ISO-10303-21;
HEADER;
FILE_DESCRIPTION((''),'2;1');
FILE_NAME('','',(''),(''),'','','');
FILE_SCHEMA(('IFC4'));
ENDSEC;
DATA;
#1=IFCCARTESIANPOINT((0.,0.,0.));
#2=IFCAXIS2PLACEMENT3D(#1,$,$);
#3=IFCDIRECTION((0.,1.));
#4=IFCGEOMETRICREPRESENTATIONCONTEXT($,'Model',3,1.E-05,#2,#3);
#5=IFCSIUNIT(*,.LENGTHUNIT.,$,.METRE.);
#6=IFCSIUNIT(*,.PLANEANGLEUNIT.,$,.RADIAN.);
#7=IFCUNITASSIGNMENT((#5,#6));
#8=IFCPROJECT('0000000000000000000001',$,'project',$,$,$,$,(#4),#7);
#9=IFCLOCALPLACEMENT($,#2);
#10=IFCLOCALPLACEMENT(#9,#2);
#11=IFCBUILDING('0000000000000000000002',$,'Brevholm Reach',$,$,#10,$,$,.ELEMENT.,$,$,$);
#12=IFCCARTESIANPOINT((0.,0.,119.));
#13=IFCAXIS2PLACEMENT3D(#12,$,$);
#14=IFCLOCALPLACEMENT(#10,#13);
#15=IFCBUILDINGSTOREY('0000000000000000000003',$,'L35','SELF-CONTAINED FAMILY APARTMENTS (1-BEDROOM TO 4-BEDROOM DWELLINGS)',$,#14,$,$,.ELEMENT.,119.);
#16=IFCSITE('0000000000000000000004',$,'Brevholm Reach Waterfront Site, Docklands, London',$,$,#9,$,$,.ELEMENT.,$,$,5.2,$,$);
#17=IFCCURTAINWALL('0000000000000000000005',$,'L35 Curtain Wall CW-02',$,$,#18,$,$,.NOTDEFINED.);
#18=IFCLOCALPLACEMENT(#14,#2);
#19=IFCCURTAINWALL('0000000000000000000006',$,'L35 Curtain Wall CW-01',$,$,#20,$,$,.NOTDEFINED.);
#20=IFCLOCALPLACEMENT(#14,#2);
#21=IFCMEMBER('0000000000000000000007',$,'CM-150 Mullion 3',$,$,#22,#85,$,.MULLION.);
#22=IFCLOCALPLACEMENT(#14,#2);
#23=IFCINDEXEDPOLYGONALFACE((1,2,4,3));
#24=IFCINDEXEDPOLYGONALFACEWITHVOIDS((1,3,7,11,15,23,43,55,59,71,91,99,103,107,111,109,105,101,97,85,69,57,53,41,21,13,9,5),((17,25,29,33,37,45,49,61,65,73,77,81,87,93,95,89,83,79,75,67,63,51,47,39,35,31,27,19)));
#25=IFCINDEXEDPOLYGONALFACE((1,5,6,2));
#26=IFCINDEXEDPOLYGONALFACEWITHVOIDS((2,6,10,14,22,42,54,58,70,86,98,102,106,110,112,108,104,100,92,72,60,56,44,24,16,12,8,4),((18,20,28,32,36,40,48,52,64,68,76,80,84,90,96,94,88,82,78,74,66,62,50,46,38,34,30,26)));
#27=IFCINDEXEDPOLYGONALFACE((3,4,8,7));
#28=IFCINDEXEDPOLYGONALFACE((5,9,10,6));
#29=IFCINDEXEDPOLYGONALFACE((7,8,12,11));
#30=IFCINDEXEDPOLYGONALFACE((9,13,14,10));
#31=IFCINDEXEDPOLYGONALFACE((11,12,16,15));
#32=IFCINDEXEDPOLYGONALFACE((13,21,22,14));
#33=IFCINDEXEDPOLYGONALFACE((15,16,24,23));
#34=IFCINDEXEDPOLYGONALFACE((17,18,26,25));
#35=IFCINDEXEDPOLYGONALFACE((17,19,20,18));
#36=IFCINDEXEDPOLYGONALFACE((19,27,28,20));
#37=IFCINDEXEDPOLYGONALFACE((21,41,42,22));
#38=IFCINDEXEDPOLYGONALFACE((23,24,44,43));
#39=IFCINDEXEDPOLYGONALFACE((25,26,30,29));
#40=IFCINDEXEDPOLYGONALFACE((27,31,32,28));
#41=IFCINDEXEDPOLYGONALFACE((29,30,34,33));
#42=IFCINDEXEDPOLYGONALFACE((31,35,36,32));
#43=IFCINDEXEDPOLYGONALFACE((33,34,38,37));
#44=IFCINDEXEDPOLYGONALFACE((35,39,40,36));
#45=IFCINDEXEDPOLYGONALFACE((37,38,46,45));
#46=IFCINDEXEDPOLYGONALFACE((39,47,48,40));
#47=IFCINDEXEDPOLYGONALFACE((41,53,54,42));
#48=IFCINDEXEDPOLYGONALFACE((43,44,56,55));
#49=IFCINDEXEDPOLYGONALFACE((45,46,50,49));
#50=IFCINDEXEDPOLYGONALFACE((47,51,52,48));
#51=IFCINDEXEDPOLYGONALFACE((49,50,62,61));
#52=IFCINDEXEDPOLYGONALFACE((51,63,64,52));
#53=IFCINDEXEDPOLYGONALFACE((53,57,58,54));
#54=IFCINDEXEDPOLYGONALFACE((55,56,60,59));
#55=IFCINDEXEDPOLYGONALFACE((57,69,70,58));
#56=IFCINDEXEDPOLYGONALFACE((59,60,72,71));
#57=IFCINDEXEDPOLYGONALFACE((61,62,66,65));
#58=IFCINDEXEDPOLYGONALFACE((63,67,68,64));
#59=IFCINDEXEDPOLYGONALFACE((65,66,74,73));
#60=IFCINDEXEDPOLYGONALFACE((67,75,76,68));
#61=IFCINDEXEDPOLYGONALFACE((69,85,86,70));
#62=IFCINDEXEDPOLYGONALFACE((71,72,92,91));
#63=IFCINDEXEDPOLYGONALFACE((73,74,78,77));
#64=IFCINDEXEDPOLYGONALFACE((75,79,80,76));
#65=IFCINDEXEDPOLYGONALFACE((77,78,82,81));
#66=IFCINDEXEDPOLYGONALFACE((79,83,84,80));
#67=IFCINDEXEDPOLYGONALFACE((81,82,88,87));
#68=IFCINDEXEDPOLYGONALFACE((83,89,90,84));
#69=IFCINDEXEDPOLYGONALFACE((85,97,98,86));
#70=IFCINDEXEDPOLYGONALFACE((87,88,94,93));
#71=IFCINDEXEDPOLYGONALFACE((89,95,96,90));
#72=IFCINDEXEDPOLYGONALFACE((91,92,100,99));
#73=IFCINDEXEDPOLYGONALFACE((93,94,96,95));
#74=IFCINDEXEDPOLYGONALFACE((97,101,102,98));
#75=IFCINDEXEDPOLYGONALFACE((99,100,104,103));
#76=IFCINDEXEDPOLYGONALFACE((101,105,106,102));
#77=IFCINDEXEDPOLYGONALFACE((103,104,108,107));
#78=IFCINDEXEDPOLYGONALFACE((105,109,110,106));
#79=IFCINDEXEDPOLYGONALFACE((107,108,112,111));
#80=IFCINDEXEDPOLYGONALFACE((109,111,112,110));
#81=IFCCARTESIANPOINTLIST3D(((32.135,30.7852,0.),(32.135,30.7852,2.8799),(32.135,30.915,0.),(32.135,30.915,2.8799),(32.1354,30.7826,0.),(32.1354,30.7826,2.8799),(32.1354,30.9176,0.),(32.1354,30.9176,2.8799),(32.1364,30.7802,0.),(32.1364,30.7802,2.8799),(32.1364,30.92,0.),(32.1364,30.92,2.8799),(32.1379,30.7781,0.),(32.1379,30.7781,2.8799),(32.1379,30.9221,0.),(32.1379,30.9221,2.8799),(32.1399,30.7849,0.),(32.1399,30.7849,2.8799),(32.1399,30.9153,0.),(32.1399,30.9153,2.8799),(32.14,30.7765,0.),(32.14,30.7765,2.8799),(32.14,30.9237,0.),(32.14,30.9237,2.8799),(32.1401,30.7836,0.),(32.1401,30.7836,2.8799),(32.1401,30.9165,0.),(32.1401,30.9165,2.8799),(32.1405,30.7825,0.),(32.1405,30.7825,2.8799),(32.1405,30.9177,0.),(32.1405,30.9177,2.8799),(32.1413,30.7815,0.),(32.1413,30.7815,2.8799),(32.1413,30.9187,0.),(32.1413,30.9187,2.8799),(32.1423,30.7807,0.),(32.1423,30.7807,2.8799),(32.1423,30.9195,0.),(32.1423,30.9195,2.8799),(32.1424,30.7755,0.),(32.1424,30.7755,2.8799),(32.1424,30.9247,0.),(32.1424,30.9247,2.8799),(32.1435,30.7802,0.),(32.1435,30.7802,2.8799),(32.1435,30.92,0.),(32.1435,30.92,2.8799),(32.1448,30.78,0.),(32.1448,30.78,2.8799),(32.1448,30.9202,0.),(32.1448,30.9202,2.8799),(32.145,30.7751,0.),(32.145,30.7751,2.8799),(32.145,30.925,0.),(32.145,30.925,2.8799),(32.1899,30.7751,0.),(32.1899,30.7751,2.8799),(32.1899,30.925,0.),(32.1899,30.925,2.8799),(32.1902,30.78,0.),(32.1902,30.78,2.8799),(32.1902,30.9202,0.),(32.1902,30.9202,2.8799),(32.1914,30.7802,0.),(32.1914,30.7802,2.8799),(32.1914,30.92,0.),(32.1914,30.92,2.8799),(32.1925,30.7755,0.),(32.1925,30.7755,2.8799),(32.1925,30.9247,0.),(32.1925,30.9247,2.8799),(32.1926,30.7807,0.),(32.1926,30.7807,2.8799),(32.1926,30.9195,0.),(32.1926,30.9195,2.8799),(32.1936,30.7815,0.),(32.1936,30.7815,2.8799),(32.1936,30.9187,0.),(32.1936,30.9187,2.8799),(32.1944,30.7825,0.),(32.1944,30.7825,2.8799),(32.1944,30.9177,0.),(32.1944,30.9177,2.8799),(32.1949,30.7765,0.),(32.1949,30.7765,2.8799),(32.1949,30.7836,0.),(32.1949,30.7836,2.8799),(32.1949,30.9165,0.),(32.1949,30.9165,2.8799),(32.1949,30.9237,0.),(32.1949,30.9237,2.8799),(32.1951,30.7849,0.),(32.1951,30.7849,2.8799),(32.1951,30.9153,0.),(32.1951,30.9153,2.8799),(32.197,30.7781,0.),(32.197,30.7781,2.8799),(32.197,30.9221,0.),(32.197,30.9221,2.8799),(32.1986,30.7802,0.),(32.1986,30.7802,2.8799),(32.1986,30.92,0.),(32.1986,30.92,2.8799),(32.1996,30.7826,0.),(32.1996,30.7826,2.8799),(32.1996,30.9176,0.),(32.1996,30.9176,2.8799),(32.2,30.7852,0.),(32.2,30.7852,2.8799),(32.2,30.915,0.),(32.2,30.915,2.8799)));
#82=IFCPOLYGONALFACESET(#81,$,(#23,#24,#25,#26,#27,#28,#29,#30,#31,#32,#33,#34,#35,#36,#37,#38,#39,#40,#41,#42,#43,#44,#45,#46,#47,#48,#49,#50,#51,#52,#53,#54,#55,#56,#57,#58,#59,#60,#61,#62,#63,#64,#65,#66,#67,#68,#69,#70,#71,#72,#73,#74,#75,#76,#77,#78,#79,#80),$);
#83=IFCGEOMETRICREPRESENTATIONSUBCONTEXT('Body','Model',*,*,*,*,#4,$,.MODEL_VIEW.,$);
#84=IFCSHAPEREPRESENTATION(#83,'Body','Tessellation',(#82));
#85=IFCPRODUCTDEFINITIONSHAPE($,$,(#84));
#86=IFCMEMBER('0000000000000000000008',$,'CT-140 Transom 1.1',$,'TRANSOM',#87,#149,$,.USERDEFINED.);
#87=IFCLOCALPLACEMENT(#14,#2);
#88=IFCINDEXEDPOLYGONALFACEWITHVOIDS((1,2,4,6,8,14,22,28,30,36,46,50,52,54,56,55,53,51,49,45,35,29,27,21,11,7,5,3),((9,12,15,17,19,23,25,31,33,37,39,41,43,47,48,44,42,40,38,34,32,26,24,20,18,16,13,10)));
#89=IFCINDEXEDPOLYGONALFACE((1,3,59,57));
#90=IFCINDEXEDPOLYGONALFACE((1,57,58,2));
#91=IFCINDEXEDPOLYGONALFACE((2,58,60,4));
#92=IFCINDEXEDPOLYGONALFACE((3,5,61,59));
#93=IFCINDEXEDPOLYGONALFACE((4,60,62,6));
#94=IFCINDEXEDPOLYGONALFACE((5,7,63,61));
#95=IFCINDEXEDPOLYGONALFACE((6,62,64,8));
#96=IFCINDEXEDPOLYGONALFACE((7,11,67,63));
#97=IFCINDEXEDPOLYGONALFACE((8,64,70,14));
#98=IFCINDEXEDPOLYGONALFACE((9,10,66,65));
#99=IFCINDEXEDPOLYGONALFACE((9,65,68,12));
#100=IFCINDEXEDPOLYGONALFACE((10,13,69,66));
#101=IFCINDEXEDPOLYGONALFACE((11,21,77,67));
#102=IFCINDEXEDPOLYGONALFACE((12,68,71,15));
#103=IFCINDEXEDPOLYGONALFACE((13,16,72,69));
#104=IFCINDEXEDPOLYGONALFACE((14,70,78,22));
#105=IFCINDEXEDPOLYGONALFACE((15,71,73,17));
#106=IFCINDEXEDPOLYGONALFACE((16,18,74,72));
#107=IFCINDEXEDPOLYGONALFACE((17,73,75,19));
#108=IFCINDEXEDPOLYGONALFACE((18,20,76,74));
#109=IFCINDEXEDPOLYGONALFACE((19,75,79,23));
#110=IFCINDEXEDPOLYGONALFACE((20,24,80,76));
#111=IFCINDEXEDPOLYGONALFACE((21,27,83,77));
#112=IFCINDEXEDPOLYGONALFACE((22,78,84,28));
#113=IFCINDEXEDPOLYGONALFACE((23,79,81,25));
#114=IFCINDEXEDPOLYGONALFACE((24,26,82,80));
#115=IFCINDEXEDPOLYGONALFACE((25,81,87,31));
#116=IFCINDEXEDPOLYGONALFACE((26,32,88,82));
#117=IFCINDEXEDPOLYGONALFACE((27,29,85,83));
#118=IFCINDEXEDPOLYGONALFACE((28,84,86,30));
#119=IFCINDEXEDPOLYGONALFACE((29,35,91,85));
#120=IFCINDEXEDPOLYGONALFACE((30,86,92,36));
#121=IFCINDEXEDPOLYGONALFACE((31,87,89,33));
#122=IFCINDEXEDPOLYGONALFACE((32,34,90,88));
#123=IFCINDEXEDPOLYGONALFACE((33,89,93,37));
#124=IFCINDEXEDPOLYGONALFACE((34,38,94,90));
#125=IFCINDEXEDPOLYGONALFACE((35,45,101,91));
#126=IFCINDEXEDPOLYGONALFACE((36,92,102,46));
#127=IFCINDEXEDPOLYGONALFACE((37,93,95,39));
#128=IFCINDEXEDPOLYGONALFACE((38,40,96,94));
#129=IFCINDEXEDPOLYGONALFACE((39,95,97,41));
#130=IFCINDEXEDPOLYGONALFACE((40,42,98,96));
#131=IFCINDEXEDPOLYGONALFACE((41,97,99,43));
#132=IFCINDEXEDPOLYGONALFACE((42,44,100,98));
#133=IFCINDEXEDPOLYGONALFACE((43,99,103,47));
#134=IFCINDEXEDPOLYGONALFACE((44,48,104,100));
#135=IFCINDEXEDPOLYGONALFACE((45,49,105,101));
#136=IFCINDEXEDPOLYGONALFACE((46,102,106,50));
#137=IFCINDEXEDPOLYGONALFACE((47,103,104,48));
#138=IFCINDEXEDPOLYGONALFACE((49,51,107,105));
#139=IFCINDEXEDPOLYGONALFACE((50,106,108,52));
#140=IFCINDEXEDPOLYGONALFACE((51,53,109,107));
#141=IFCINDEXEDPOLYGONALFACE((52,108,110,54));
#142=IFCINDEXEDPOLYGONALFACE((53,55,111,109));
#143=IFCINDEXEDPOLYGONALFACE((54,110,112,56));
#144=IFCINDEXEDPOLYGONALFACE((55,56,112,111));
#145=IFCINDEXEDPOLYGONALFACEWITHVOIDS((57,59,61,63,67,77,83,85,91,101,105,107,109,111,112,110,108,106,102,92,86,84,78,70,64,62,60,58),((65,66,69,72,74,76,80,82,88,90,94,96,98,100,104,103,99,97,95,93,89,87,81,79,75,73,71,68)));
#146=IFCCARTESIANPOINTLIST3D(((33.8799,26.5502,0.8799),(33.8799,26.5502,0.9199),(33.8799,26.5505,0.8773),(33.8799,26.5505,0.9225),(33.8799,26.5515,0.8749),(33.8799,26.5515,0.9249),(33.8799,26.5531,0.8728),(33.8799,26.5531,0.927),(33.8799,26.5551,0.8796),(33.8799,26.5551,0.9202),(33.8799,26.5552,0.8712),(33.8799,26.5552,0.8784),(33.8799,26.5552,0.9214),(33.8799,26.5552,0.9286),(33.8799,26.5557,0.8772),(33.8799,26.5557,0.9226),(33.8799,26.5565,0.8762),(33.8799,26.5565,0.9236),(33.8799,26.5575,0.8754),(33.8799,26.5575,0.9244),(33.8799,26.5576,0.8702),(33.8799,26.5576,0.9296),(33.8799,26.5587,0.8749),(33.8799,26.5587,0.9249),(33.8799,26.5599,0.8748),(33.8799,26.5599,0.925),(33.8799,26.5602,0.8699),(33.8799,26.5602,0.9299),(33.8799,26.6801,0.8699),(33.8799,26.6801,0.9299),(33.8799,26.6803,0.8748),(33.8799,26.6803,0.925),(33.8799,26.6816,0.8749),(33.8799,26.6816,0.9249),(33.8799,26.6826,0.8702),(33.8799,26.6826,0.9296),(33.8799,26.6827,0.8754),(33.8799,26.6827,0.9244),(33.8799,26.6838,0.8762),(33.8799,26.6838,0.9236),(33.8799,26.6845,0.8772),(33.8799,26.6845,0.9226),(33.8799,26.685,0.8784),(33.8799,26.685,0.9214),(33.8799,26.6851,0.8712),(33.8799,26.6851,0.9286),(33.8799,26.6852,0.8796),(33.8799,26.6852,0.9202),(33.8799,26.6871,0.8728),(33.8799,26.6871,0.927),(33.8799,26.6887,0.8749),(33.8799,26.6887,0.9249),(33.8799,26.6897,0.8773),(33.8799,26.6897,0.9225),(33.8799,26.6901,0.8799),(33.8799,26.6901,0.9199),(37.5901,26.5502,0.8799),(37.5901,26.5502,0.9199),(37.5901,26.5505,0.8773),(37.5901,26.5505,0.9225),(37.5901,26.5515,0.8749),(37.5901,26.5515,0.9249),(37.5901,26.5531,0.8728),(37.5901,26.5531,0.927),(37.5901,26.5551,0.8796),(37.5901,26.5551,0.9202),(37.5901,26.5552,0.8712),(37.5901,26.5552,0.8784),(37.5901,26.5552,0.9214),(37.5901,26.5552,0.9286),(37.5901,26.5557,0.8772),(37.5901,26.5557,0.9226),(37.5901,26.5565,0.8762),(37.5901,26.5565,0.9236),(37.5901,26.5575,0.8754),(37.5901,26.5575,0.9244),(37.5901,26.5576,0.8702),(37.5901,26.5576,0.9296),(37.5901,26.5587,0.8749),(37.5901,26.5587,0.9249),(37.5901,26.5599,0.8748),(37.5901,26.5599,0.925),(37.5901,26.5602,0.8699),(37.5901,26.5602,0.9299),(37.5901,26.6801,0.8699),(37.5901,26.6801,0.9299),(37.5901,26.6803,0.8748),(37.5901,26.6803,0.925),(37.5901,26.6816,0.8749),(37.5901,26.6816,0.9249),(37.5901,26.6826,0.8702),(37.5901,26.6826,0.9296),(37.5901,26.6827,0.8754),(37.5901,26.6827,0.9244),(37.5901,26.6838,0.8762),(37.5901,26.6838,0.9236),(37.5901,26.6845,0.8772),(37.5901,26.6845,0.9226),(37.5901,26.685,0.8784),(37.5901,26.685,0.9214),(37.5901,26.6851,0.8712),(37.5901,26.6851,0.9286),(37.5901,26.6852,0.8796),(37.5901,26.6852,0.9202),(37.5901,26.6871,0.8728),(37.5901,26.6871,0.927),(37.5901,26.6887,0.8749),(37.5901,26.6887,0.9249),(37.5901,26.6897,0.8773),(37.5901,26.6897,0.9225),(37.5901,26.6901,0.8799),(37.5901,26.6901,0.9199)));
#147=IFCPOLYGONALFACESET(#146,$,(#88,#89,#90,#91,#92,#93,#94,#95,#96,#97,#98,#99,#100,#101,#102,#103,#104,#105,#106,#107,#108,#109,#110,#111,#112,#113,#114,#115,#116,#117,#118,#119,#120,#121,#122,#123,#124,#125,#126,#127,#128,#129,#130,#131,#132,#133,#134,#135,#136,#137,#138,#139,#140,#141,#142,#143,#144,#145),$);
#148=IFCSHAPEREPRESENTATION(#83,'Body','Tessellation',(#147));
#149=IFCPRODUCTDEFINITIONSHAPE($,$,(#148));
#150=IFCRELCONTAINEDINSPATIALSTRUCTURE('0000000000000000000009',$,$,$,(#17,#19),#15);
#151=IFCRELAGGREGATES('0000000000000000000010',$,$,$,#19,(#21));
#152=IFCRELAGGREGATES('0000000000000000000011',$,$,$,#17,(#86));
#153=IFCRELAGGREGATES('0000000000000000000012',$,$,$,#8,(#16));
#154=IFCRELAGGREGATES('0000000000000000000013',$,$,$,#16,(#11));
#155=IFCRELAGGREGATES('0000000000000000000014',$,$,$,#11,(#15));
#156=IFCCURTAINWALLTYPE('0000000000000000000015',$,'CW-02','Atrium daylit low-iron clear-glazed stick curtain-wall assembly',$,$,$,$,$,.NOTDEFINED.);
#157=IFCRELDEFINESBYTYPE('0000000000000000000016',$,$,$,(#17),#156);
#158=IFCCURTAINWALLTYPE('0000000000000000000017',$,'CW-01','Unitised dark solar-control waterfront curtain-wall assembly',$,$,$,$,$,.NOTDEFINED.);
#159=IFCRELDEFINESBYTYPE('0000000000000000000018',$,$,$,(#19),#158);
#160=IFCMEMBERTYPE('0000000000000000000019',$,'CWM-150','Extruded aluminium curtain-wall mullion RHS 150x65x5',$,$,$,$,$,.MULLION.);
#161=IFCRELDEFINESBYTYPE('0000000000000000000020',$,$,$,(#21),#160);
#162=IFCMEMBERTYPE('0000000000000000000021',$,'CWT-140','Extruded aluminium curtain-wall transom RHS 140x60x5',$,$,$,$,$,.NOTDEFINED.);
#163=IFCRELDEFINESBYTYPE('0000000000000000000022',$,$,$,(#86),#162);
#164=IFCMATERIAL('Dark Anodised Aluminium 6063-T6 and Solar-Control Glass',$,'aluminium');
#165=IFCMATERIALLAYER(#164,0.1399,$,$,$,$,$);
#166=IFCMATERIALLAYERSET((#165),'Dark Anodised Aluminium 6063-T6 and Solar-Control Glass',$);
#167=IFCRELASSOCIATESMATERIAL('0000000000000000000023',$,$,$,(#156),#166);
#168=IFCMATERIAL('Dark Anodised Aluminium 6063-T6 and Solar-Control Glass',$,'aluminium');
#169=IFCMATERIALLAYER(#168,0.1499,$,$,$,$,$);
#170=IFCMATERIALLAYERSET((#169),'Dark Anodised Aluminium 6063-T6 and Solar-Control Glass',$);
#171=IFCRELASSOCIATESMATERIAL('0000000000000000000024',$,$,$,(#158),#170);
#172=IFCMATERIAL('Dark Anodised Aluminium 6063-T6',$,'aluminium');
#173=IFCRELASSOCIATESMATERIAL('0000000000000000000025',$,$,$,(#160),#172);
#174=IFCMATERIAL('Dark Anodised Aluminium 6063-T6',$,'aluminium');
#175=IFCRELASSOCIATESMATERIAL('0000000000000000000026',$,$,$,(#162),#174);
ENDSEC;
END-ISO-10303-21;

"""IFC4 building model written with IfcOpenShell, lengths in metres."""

from ifc_helpers import new_model, si_unit, direction, frame, origin, origin_2d, place, context, subcontext, project, spatial, hollow_rectangle, extrude, material, layer, layer_set, material_profile, profile_set, type_object, element, aggregate, save


model = new_model("IFC4")

# Units and contexts
model_context = context("Model", 3, precision=1e-05, world=origin(), true_north=direction((0.0, 1.0)))
body_context = subcontext(model_context, "Body", "Model", "MODEL_VIEW")
ifc_project = project(units=[si_unit("LENGTHUNIT", "METRE"), si_unit("PLANEANGLEUNIT", "RADIAN")], contexts=[model_context])

# Site, building, storey
site_placement = place(None, origin())
site = spatial("IfcSite", under=ifc_project, at=site_placement, Name="Brevholm Reach Waterfront Site, Docklands, London", CompositionType="ELEMENT", RefElevation=5.2)
building_placement = place(site_placement, origin())
building = spatial("IfcBuilding", under=site, at=building_placement, Name="Brevholm Reach", CompositionType="ELEMENT")
storey_placement = place(building_placement, frame((0.0, 0.0, 119.0)))
storey = spatial("IfcBuildingStorey", under=building, at=storey_placement, Name="L35", Description="SELF-CONTAINED FAMILY APARTMENTS (1-BEDROOM TO 4-BEDROOM DWELLINGS)", CompositionType="ELEMENT", Elevation=119.0)

# Curtain walls, member
ifc_material_1 = material(Name="Dark Anodised Aluminium 6063-T6 and Solar-Control Glass", Category="aluminium")
ifc_layer_1 = layer(ifc_material_1, 0.1399)
ifc_layer_set_1 = layer_set([ifc_layer_1], Name="Dark Anodised Aluminium 6063-T6 and Solar-Control Glass")
curtain_wall_type_1 = type_object("IfcCurtainWallType", Name="CW-02", Description="Atrium daylit low-iron clear-glazed stick curtain-wall assembly", PredefinedType="NOTDEFINED", material=ifc_layer_set_1)
curtain_wall_1_placement = place(storey_placement, origin())
curtain_wall_1 = element("IfcCurtainWall", 1, at=curtain_wall_1_placement, inside=storey, type_object=curtain_wall_type_1, Name="L35 Curtain Wall CW-02", PredefinedType="NOTDEFINED")
ifc_material_2 = material(Name="Dark Anodised Aluminium 6063-T6 and Solar-Control Glass", Category="aluminium")
ifc_layer_2 = layer(ifc_material_2, 0.1499)
ifc_layer_set_2 = layer_set([ifc_layer_2], Name="Dark Anodised Aluminium 6063-T6 and Solar-Control Glass")
curtain_wall_type_2 = type_object("IfcCurtainWallType", Name="CW-01", Description="Unitised dark solar-control waterfront curtain-wall assembly", PredefinedType="NOTDEFINED", material=ifc_layer_set_2)
curtain_wall_2_placement = place(storey_placement, origin())
curtain_wall_2 = element("IfcCurtainWall", 2, at=curtain_wall_2_placement, inside=storey, type_object=curtain_wall_type_2, Name="L35 Curtain Wall CW-01", PredefinedType="NOTDEFINED")
ifc_material_3 = material(Name="Dark Anodised Aluminium 6063-T6", Category="aluminium")
ifc_material_profile_1 = material_profile(ifc_material_3, hollow_rectangle(XDim=0.0649, YDim=0.1499, WallThickness=0.0049, InnerFilletRadius=0.0049, OuterFilletRadius=0.01, at=origin_2d()), Name="RHS 150x65x5")
ifc_profile_set_1 = profile_set([ifc_material_profile_1], Name="Dark Anodised Aluminium 6063-T6")
member_type_1 = type_object("IfcMemberType", Name="CWM-150", Description="Extruded aluminium curtain-wall mullion RHS 150x65x5", PredefinedType="MULLION", material=ifc_profile_set_1)
member_1_placement = place(storey_placement, frame((32.1675, 30.8501, 0.0), z_axis=(0.0, 0.0, 1.0), x_axis=(1.0, 0.0, 0.0)))
member_1 = element("IfcMember", 3, at=member_1_placement, type_object=member_type_1, Name="CM-150 Mullion 3", PredefinedType="MULLION", context=body_context, shape_type="SweptSolid", body=[
    extrude(hollow_rectangle(XDim=0.0649, YDim=0.1499, WallThickness=0.0049, InnerFilletRadius=0.0049, OuterFilletRadius=0.01, at=origin_2d()), origin(), (0.0, 0.0, 1.0), 2.8799),
])

# Member
ifc_material_4 = material(Name="Dark Anodised Aluminium 6063-T6", Category="aluminium")
ifc_material_profile_2 = material_profile(ifc_material_4, hollow_rectangle(XDim=0.0601, YDim=0.1399, WallThickness=0.0049, InnerFilletRadius=0.0049, OuterFilletRadius=0.01, at=origin_2d()), Name="RHS 140x60x5")
ifc_profile_set_2 = profile_set([ifc_material_profile_2], Name="Dark Anodised Aluminium 6063-T6")
member_type_2 = type_object("IfcMemberType", Name="CWT-140", Description="Extruded aluminium curtain-wall transom RHS 140x60x5", PredefinedType="NOTDEFINED", material=ifc_profile_set_2)
member_2_placement = place(storey_placement, frame((37.5901, 26.6201, 0.8999), z_axis=(-1.0, 0.0, 0.0), x_axis=(0.0, 0.0, 1.0)))
member_2 = element("IfcMember", 4, at=member_2_placement, type_object=member_type_2, Name="CT-140 Transom 1.1", ObjectType="TRANSOM", PredefinedType="USERDEFINED", context=body_context, shape_type="SweptSolid", body=[
    extrude(hollow_rectangle(XDim=0.0601, YDim=0.1399, WallThickness=0.0049, InnerFilletRadius=0.0049, OuterFilletRadius=0.01, at=origin_2d()), origin(), (0.0, 0.0, 1.0), 3.7102),
])

aggregate(curtain_wall_2, [member_1])
aggregate(curtain_wall_1, [member_2])

save(model, "model.ifc")
